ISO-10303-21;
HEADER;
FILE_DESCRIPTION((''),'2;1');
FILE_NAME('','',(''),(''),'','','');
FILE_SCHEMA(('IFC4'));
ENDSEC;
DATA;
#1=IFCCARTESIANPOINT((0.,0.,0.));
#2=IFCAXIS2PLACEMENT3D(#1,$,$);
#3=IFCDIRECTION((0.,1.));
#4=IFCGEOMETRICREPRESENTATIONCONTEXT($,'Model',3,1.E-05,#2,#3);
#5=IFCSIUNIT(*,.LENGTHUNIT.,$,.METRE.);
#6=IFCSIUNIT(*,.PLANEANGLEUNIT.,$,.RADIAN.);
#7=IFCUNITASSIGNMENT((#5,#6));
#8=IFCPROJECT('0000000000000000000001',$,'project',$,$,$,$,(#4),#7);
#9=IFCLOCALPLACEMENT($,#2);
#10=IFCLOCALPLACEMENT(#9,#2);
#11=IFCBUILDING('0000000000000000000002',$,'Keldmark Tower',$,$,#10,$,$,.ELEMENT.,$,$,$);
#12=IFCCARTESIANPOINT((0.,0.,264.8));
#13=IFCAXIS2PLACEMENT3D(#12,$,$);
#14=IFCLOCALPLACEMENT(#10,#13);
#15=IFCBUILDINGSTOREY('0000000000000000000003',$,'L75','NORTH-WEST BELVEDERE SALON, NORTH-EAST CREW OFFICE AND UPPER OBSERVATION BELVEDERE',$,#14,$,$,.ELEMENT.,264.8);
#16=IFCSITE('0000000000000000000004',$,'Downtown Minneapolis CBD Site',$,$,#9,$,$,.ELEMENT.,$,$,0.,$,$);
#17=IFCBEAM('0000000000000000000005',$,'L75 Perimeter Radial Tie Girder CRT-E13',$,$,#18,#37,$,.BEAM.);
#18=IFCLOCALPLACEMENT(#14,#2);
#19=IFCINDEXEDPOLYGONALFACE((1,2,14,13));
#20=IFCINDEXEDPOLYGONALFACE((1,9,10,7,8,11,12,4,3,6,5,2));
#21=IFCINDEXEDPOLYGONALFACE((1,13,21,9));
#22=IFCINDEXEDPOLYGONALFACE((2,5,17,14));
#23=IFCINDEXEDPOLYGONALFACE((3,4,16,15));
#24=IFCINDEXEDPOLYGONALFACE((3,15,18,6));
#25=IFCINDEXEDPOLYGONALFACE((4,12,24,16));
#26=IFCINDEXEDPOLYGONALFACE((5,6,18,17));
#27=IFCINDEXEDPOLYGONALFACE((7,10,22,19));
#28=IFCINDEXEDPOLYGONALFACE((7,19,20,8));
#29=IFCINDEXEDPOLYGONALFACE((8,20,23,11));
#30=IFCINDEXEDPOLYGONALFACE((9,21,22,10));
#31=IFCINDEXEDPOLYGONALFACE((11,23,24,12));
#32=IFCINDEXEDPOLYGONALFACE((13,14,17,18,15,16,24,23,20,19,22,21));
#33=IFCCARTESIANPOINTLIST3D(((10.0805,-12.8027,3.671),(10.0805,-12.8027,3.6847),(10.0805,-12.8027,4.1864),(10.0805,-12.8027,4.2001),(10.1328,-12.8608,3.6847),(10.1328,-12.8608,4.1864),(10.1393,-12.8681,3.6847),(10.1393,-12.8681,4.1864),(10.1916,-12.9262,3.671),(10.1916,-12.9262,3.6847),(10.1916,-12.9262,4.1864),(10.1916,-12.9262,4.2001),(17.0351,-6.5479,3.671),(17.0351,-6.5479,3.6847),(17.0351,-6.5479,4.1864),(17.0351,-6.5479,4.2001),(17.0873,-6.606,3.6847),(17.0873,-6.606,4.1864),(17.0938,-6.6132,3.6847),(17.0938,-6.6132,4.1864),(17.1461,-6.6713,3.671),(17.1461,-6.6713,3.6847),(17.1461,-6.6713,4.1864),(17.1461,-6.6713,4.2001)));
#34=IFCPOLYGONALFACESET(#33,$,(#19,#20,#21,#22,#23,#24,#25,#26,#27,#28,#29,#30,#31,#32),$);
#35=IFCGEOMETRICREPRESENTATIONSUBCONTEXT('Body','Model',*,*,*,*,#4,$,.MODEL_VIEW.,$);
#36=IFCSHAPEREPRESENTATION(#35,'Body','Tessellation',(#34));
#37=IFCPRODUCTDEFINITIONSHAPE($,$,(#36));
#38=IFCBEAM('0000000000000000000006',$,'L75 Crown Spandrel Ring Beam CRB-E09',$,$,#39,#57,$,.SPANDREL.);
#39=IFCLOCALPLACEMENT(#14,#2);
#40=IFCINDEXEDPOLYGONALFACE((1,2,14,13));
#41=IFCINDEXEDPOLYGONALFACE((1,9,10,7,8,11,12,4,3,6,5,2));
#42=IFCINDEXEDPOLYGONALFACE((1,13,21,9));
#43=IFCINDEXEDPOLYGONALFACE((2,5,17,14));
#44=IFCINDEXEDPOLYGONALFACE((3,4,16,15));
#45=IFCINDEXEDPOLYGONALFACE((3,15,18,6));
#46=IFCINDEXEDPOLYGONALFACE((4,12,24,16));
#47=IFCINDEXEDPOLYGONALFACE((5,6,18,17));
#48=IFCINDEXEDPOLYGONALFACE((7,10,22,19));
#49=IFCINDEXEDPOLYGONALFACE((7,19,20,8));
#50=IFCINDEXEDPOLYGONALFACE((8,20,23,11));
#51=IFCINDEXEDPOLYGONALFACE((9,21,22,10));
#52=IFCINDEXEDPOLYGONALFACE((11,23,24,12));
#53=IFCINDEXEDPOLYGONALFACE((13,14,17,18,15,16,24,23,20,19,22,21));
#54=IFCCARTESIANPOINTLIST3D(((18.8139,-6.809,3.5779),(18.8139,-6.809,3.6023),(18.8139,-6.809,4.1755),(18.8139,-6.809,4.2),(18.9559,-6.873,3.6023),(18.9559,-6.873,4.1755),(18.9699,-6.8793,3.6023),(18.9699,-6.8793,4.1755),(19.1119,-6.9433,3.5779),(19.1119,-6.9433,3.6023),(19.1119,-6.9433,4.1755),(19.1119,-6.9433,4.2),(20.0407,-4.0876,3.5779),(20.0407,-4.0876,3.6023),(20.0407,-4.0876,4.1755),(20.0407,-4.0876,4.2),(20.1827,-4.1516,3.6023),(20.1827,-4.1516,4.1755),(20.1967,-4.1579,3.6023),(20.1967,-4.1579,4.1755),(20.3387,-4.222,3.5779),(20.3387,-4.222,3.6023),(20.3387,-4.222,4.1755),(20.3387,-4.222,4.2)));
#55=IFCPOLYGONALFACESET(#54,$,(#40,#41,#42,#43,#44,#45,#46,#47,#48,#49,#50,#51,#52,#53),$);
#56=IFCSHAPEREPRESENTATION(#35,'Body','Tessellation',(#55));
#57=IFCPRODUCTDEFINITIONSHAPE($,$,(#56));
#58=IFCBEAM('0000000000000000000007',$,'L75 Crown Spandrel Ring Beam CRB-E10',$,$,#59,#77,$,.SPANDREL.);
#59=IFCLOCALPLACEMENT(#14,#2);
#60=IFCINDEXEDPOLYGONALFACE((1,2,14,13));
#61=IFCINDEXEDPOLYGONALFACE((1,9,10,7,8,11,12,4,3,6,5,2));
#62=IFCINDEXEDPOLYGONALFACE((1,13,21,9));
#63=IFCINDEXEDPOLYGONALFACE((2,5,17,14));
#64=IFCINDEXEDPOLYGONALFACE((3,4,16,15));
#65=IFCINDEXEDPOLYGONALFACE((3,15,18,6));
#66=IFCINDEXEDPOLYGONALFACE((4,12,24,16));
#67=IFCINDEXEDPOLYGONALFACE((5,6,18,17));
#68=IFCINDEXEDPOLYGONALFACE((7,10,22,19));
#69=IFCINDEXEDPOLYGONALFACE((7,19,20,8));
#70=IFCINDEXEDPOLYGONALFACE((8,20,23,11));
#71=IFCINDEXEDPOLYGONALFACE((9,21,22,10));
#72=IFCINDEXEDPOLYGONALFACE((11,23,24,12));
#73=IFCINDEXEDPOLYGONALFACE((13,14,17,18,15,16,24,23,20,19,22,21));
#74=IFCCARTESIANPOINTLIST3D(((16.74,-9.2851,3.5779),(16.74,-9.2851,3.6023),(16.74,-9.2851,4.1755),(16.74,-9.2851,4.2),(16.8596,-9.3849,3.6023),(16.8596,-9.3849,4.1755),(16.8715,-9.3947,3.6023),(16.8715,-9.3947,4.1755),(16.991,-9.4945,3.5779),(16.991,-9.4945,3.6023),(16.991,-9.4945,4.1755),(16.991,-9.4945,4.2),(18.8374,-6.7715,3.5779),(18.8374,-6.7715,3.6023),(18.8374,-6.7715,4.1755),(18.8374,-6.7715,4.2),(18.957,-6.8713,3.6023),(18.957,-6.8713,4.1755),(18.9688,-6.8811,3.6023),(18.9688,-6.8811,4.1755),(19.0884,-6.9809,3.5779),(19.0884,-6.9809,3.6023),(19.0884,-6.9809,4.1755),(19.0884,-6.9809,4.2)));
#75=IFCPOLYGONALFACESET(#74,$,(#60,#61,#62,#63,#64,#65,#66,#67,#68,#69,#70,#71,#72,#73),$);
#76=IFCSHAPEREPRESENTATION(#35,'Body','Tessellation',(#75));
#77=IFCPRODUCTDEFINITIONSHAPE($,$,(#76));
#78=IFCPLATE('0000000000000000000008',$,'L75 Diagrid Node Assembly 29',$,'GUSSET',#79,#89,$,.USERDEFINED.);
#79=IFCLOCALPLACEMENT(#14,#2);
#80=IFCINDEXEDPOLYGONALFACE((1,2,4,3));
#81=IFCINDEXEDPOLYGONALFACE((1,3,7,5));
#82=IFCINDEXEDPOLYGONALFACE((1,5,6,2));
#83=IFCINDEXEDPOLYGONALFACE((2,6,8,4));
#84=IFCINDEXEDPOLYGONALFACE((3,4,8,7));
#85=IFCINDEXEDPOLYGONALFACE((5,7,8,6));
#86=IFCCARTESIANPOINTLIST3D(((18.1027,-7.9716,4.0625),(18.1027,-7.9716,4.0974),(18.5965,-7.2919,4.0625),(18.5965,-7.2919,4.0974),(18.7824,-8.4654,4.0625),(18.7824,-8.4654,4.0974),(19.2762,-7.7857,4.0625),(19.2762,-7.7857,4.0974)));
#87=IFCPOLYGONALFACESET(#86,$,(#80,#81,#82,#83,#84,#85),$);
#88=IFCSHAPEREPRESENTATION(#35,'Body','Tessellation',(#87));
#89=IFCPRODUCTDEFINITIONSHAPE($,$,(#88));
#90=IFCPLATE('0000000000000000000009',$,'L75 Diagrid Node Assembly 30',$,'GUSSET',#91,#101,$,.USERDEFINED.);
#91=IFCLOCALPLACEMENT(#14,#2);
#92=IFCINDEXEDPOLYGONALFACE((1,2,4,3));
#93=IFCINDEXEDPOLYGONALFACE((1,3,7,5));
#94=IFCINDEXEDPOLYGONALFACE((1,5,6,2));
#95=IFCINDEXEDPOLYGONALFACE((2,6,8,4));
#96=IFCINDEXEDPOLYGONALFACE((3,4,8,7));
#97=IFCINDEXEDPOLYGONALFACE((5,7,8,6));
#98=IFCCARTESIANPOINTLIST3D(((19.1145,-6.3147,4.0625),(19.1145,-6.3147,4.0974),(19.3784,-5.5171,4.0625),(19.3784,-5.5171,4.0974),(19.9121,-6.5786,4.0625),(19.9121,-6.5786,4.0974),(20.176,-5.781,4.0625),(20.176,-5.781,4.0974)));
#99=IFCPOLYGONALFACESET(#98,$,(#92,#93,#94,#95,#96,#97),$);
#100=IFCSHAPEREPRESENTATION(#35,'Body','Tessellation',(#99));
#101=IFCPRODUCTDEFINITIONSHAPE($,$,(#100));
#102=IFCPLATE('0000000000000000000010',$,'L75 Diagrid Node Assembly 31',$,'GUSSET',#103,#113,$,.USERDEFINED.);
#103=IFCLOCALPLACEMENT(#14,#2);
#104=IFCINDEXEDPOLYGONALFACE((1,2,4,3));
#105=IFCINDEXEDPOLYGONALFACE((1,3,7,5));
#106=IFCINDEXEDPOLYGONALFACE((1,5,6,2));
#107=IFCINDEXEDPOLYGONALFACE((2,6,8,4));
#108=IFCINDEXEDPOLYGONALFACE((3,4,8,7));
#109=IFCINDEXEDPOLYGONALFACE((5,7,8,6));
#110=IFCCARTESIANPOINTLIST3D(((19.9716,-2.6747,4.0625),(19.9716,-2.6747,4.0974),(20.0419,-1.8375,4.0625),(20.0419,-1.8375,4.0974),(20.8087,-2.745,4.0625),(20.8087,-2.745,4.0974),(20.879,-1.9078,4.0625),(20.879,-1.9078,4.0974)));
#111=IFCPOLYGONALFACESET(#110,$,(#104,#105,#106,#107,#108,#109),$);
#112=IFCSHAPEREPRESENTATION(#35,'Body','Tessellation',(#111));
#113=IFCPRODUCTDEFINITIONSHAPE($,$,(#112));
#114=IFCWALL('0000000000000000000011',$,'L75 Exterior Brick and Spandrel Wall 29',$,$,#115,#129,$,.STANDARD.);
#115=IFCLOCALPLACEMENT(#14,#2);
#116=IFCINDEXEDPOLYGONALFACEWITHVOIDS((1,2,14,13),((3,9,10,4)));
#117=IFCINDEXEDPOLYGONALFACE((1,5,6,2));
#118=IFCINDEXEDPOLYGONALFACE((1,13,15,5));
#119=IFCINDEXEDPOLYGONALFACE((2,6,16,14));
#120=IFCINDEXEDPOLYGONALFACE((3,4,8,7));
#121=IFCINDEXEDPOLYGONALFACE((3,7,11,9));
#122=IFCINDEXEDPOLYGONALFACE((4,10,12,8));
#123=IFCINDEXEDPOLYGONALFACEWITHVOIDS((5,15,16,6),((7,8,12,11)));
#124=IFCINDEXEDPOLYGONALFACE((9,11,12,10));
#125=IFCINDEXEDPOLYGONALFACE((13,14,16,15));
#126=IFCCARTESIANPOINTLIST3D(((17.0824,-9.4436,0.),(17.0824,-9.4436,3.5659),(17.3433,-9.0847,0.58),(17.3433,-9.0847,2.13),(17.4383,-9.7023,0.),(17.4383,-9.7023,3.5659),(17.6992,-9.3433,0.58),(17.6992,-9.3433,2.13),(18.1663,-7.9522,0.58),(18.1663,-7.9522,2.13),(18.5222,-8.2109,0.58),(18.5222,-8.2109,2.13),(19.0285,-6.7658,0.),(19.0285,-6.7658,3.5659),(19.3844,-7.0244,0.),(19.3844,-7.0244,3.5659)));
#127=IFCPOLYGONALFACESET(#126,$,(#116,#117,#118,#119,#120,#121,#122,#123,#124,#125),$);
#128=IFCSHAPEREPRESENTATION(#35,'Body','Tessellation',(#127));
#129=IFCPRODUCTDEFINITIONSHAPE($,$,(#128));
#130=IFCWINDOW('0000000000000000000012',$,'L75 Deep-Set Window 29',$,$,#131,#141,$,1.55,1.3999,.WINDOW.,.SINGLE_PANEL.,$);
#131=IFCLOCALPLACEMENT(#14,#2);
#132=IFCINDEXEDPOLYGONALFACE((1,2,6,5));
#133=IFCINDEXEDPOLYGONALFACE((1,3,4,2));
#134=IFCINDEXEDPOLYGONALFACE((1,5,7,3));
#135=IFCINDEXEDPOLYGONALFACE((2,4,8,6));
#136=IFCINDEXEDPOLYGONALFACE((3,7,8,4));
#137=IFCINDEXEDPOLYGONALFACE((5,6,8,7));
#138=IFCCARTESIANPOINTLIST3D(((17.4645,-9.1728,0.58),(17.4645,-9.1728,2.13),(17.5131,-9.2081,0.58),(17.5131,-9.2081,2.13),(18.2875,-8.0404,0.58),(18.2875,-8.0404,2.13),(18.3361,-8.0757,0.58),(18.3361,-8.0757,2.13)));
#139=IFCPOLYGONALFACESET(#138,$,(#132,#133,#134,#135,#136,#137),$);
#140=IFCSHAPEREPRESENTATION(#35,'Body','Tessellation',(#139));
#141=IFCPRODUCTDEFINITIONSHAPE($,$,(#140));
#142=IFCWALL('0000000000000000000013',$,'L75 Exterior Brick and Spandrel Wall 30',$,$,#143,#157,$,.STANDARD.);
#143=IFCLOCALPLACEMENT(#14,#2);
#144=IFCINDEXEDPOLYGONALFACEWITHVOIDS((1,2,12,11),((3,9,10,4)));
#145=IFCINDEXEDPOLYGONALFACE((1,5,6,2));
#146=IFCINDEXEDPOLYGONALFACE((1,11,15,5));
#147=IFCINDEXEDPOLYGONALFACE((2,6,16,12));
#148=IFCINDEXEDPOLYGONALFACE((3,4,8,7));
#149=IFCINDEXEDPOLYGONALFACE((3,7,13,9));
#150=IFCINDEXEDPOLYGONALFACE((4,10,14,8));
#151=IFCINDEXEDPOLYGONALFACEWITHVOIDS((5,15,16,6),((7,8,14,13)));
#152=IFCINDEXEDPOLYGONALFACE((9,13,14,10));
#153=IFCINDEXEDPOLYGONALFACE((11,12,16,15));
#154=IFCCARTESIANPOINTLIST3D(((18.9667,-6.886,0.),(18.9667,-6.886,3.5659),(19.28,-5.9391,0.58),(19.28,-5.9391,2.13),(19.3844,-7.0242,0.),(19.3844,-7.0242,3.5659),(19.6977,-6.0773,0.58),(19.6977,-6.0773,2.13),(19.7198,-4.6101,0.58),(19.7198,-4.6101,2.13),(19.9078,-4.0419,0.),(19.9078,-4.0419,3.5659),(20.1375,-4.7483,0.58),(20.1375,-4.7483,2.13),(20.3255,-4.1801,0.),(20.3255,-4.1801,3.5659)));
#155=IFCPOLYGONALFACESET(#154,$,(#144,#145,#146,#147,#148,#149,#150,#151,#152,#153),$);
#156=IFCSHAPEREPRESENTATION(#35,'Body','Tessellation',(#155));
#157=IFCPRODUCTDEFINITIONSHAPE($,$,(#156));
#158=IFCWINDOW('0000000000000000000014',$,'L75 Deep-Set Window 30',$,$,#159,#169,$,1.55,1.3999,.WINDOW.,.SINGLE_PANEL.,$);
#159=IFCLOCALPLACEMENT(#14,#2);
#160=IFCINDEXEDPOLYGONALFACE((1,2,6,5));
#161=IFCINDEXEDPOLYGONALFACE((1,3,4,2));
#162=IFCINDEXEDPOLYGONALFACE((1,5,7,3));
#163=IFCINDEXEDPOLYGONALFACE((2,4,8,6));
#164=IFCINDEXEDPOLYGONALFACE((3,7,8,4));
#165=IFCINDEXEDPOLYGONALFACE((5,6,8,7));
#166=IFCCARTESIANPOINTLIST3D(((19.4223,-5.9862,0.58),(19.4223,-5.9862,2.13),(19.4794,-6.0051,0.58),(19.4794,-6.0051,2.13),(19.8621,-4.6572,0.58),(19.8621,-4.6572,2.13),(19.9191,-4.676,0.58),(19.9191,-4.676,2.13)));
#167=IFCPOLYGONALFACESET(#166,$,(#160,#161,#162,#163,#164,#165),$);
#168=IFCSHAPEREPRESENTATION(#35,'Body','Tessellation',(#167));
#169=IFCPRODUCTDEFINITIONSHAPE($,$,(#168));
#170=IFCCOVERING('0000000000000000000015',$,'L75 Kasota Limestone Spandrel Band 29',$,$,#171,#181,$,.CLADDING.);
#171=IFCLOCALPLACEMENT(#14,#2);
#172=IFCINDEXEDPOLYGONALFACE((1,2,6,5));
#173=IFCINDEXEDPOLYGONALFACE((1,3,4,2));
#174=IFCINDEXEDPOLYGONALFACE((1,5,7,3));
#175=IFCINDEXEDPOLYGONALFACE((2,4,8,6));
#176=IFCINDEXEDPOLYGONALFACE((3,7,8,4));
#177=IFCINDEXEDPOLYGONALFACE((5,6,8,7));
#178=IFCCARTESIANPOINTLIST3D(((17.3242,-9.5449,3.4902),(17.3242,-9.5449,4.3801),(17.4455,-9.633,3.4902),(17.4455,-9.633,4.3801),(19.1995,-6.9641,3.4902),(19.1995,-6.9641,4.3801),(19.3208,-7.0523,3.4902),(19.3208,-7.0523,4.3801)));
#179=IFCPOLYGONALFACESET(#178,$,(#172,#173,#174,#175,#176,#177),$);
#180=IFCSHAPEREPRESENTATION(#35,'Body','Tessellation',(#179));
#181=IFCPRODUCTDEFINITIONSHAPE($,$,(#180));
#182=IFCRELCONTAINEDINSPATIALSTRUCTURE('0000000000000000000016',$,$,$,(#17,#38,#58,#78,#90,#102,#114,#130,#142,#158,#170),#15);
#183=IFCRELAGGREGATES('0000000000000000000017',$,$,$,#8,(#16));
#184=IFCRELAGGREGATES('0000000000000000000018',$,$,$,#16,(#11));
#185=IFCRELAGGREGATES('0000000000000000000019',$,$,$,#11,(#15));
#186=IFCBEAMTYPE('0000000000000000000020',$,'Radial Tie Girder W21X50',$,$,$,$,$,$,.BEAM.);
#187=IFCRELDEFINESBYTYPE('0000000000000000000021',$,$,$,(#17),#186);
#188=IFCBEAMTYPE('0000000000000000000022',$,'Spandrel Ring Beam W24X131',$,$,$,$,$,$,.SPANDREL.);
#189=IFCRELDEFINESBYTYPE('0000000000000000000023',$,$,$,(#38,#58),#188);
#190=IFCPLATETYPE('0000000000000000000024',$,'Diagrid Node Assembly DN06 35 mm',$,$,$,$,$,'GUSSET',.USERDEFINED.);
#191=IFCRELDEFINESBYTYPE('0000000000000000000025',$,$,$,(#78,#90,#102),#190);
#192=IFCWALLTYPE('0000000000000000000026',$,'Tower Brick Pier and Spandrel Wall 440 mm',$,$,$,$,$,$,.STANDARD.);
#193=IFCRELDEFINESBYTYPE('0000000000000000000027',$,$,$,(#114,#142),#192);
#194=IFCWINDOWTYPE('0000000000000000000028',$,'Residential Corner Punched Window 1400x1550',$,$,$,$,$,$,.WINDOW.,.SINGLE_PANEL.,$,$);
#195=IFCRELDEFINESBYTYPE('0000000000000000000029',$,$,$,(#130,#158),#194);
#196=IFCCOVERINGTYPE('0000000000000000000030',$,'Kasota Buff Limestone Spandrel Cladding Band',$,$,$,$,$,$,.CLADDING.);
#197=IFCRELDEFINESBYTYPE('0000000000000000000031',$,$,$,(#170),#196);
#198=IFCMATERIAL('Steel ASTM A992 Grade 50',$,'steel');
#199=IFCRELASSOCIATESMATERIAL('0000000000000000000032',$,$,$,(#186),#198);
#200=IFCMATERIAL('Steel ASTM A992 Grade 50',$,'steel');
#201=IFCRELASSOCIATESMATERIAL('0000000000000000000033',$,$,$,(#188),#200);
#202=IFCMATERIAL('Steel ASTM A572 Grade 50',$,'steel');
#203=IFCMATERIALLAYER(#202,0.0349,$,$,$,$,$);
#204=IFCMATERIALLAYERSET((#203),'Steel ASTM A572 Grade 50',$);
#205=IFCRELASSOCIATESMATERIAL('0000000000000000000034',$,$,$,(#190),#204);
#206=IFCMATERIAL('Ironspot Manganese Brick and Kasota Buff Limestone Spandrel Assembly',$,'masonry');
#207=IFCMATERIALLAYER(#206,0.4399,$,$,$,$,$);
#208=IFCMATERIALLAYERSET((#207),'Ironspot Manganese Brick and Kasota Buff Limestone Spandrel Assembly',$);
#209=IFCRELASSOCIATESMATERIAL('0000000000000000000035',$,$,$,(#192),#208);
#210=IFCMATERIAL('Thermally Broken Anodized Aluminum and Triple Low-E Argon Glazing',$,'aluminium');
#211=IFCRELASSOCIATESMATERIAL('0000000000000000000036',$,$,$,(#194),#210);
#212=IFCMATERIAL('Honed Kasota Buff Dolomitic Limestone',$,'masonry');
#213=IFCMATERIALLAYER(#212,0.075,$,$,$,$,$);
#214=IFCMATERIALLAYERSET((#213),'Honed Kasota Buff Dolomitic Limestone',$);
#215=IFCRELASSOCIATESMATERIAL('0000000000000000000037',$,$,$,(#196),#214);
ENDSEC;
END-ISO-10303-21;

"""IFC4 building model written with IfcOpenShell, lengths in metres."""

from ifc_helpers import new_model, si_unit, direction, frame, frame_2d, origin, origin_2d, place, context, subcontext, project, spatial, rectangle, i_section, extrude, material, layer, layer_set, material_profile, profile_set, type_object, element, fill, save


model = new_model("IFC4")

# Units and contexts
model_context = context("Model", 3, precision=1e-05, world=origin(), true_north=direction((0.0, 1.0)))
body_context = subcontext(model_context, "Body", "Model", "MODEL_VIEW")
ifc_project = project(units=[si_unit("LENGTHUNIT", "METRE"), si_unit("PLANEANGLEUNIT", "RADIAN")], contexts=[model_context])

# Site, building, storey
site_placement = place(None, origin())
site = spatial("IfcSite", under=ifc_project, at=site_placement, Name="Downtown Minneapolis CBD Site", CompositionType="ELEMENT", RefElevation=0.0)
building_placement = place(site_placement, origin())
building = spatial("IfcBuilding", under=site, at=building_placement, Name="Keldmark Tower", CompositionType="ELEMENT")
storey_placement = place(building_placement, frame((0.0, 0.0, 264.8)))
storey = spatial("IfcBuildingStorey", under=building, at=storey_placement, Name="L75", Description="NORTH-WEST BELVEDERE SALON, NORTH-EAST CREW OFFICE AND UPPER OBSERVATION BELVEDERE", CompositionType="ELEMENT", Elevation=264.8)

# Beams
ifc_material_1 = material(Name="Steel ASTM A992 Grade 50", Category="steel")
ifc_material_profile_1 = material_profile(ifc_material_1, i_section(OverallWidth=0.166, OverallDepth=0.5291, WebThickness=0.0098, FlangeThickness=0.0137, at=origin_2d()), Name="W21X50")
ifc_profile_set_1 = profile_set([ifc_material_profile_1], Name="Steel ASTM A992 Grade 50")
beam_type_1 = type_object("IfcBeamType", Name="Radial Tie Girder W21X50", PredefinedType="BEAM", material=ifc_profile_set_1)
beam_1_placement = place(storey_placement, frame((17.0906, -6.6096, 3.9355), z_axis=(-0.74352, -0.668714, 0.0), x_axis=(0.668714, -0.74352, 0.0)))
element("IfcBeam", 1, at=beam_1_placement, inside=storey, type_object=beam_type_1, Name="L75 Perimeter Radial Tie Girder CRT-E13", PredefinedType="BEAM", context=body_context, shape_type="SweptSolid", body=[
    extrude(i_section(OverallWidth=0.166, OverallDepth=0.5291, WebThickness=0.0098, FlangeThickness=0.0137, at=origin_2d()), origin(), (0.0, 0.0, 1.0), 9.3535),
])
ifc_material_2 = material(Name="Steel ASTM A992 Grade 50", Category="steel")
ifc_material_profile_2 = material_profile(ifc_material_2, i_section(OverallWidth=0.3269, OverallDepth=0.6221, WebThickness=0.0154, FlangeThickness=0.0244, at=origin_2d()), Name="W24X131")
ifc_profile_set_2 = profile_set([ifc_material_profile_2], Name="Steel ASTM A992 Grade 50")
beam_type_2 = type_object("IfcBeamType", Name="Spandrel Ring Beam W24X131", PredefinedType="SPANDREL", material=ifc_profile_set_2)
beam_2_placement = place(storey_placement, frame((20.1897, -4.1548, 3.8889), z_axis=(-0.410966, -0.91165, 0.0), x_axis=(0.91165, -0.410966, 0.0)))
element("IfcBeam", 2, at=beam_2_placement, inside=storey, type_object=beam_type_2, Name="L75 Crown Spandrel Ring Beam CRB-E09", PredefinedType="SPANDREL", context=body_context, shape_type="SweptSolid", body=[
    extrude(i_section(OverallWidth=0.3269, OverallDepth=0.6221, WebThickness=0.0154, FlangeThickness=0.0244, at=origin_2d()), origin(), (0.0, 0.0, 1.0), 2.9851),
])
beam_3_placement = place(storey_placement, frame((18.9629, -6.8762, 3.8889), z_axis=(-0.640668, -0.767818, 0.0), x_axis=(0.767818, -0.640668, 0.0)))
element("IfcBeam", 3, at=beam_3_placement, inside=storey, type_object=beam_type_2, Name="L75 Crown Spandrel Ring Beam CRB-E10", PredefinedType="SPANDREL", context=body_context, shape_type="SweptSolid", body=[
    extrude(i_section(OverallWidth=0.3269, OverallDepth=0.6221, WebThickness=0.0154, FlangeThickness=0.0244, at=origin_2d()), origin(), (0.0, 0.0, 1.0), 3.2737),
])

# Plates
ifc_material_3 = material(Name="Steel ASTM A572 Grade 50", Category="steel")
ifc_layer_1 = layer(ifc_material_3, 0.0349)
ifc_layer_set_1 = layer_set([ifc_layer_1], Name="Steel ASTM A572 Grade 50")
plate_type = type_object("IfcPlateType", Name="Diagrid Node Assembly DN06 35 mm", ElementType="GUSSET", PredefinedType="USERDEFINED", material=ifc_layer_set_1)
for number, where, z_axis, x_axis, name in (
    (4, (18.6895, -7.8787, 4.0625), (0.0, 0.0, 1.0), (0.587785, 0.809017, 0.0), "L75 Diagrid Node Assembly 29"),
    (5, (19.6453, -6.0479, 4.0625), (0.0, 0.0, 1.0), (0.314158, 0.949371, 0.0), "L75 Diagrid Node Assembly 30"),
    (6, (20.4253, -2.2913, 4.0625), (0.0, 0.0, 1.0), (0.083678, 0.996493, 0.0), "L75 Diagrid Node Assembly 31"),
):
    element("IfcPlate", number, at=place(storey_placement, frame(where, z_axis=z_axis, x_axis=x_axis)), inside=storey, type_object=plate_type, Name=name, ObjectType="GUSSET", PredefinedType="USERDEFINED", context=body_context, shape_type="SweptSolid", body=[
        extrude(rectangle(XDim=0.8401, YDim=0.8401, at=origin_2d()), origin(), (0.0, 0.0, 1.0), 0.0349),
    ])

# Walls, openings, windows
ifc_material_4 = material(Name="Ironspot Manganese Brick and Kasota Buff Limestone Spandrel Assembly", Category="masonry")
ifc_layer_2 = layer(ifc_material_4, 0.4399)
ifc_layer_set_2 = layer_set([ifc_layer_2], Name="Ironspot Manganese Brick and Kasota Buff Limestone Spandrel Assembly")
wall_type = type_object("IfcWallType", Name="Tower Brick Pier and Spandrel Wall 440 mm", PredefinedType="STANDARD", material=ifc_layer_set_2)
wall_1_placement = place(storey_placement, frame((19.2065, -6.895, 0.0), z_axis=(0.0, 0.0, 1.0), x_axis=(-0.587895, -0.808937, 0.0)))
wall_1 = element("IfcWall", 7, at=wall_1_placement, inside=storey, type_object=wall_type, Name="L75 Exterior Brick and Spandrel Wall 29", PredefinedType="STANDARD", context=body_context, shape_type="SweptSolid", body=[
    extrude(rectangle(XDim=3.3103, YDim=0.4399, at=frame_2d((1.6553, 0.0))), origin(), (0.0, 0.0, 1.0), 3.5659),
])
opening_1_placement = place(wall_1_placement, frame((1.4668, 0.0, 0.5801)))
opening_1 = element("IfcOpeningElement", 8, at=opening_1_placement, cuts=wall_1, PredefinedType="OPENING", context=body_context, shape_type="SweptSolid", body=[
    extrude(rectangle(XDim=1.3999, YDim=1.55, at=frame_2d((0.7, 0.7749))), frame((0.0, 0.23, 0.0), z_axis=(0.0, -1.0, 0.0), x_axis=(1.0, 0.0, 0.0)), (0.0, 0.0, 1.0), 0.46),
])
ifc_material_5 = material(Name="Thermally Broken Anodized Aluminum and Triple Low-E Argon Glazing", Category="aluminium")
window_type = type_object("IfcWindowType", Name="Residential Corner Punched Window 1400x1550", PartitioningType="SINGLE_PANEL", PredefinedType="WINDOW", material=ifc_material_5)
window_1_placement = place(opening_1_placement, origin())
window_1 = element("IfcWindow", 9, at=window_1_placement, inside=storey, type_object=window_type, Name="L75 Deep-Set Window 29", OverallHeight=1.55, OverallWidth=1.3999, PartitioningType="SINGLE_PANEL", PredefinedType="WINDOW", context=body_context, shape_type="SweptSolid", body=[
    extrude(rectangle(XDim=1.3999, YDim=1.55, at=frame_2d((0.7, 0.7749))), frame((0.0, -0.01, 0.0), z_axis=(0.0, -1.0, 0.0), x_axis=(1.0, 0.0, 0.0)), (0.0, 0.0, 1.0), 0.0601),
])
fill(opening_1, window_1)
wall_2_placement = place(storey_placement, frame((20.1167, -4.1108, 0.0), z_axis=(0.0, 0.0, 1.0), x_axis=(-0.314149, -0.949374, 0.0)))
wall_2 = element("IfcWall", 10, at=wall_2_placement, inside=storey, type_object=wall_type, Name="L75 Exterior Brick and Spandrel Wall 30", PredefinedType="STANDARD", context=body_context, shape_type="SweptSolid", body=[
    extrude(rectangle(XDim=2.9958, YDim=0.4399, at=frame_2d((1.498, 0.0))), origin(), (0.0, 0.0, 1.0), 3.5659),
])
opening_2_placement = place(wall_2_placement, frame((0.5986, 0.0, 0.5801)))
opening_2 = element("IfcOpeningElement", 11, at=opening_2_placement, cuts=wall_2, PredefinedType="OPENING", context=body_context, shape_type="SweptSolid", body=[
    extrude(rectangle(XDim=1.3999, YDim=1.55, at=frame_2d((0.7, 0.7749))), frame((0.0, 0.23, 0.0), z_axis=(0.0, -1.0, 0.0), x_axis=(1.0, 0.0, 0.0)), (0.0, 0.0, 1.0), 0.46),
])
window_2_placement = place(opening_2_placement, origin())
window_2 = element("IfcWindow", 12, at=window_2_placement, inside=storey, type_object=window_type, Name="L75 Deep-Set Window 30", OverallHeight=1.55, OverallWidth=1.3999, PartitioningType="SINGLE_PANEL", PredefinedType="WINDOW", context=body_context, shape_type="SweptSolid", body=[
    extrude(rectangle(XDim=1.3999, YDim=1.55, at=frame_2d((0.7, 0.7749))), frame((0.0, -0.01, 0.0), z_axis=(0.0, -1.0, 0.0), x_axis=(1.0, 0.0, 0.0)), (0.0, 0.0, 1.0), 0.0601),
])
fill(opening_2, window_2)

# Covering
ifc_material_6 = material(Name="Honed Kasota Buff Dolomitic Limestone", Category="masonry")
ifc_layer_3 = layer(ifc_material_6, 0.075)
ifc_layer_set_3 = layer_set([ifc_layer_3], Name="Honed Kasota Buff Dolomitic Limestone")
covering_type = type_object("IfcCoveringType", Name="Kasota Buff Limestone Spandrel Cladding Band", PredefinedType="CLADDING", material=ifc_layer_set_3)
covering_placement = place(storey_placement, frame((18.3225, -8.2986, 3.4902), z_axis=(0.0, 0.0, 1.0), x_axis=(0.587842, 0.808976, 0.0)))
element("IfcCovering", 13, at=covering_placement, inside=storey, type_object=covering_type, Name="L75 Kasota Limestone Spandrel Band 29", PredefinedType="CLADDING", context=body_context, shape_type="SweptSolid", body=[
    extrude(rectangle(XDim=3.1902, YDim=0.1499, at=origin_2d()), origin(), (0.0, 0.0, 1.0), 0.8899),
])

save(model, "model.ifc")
